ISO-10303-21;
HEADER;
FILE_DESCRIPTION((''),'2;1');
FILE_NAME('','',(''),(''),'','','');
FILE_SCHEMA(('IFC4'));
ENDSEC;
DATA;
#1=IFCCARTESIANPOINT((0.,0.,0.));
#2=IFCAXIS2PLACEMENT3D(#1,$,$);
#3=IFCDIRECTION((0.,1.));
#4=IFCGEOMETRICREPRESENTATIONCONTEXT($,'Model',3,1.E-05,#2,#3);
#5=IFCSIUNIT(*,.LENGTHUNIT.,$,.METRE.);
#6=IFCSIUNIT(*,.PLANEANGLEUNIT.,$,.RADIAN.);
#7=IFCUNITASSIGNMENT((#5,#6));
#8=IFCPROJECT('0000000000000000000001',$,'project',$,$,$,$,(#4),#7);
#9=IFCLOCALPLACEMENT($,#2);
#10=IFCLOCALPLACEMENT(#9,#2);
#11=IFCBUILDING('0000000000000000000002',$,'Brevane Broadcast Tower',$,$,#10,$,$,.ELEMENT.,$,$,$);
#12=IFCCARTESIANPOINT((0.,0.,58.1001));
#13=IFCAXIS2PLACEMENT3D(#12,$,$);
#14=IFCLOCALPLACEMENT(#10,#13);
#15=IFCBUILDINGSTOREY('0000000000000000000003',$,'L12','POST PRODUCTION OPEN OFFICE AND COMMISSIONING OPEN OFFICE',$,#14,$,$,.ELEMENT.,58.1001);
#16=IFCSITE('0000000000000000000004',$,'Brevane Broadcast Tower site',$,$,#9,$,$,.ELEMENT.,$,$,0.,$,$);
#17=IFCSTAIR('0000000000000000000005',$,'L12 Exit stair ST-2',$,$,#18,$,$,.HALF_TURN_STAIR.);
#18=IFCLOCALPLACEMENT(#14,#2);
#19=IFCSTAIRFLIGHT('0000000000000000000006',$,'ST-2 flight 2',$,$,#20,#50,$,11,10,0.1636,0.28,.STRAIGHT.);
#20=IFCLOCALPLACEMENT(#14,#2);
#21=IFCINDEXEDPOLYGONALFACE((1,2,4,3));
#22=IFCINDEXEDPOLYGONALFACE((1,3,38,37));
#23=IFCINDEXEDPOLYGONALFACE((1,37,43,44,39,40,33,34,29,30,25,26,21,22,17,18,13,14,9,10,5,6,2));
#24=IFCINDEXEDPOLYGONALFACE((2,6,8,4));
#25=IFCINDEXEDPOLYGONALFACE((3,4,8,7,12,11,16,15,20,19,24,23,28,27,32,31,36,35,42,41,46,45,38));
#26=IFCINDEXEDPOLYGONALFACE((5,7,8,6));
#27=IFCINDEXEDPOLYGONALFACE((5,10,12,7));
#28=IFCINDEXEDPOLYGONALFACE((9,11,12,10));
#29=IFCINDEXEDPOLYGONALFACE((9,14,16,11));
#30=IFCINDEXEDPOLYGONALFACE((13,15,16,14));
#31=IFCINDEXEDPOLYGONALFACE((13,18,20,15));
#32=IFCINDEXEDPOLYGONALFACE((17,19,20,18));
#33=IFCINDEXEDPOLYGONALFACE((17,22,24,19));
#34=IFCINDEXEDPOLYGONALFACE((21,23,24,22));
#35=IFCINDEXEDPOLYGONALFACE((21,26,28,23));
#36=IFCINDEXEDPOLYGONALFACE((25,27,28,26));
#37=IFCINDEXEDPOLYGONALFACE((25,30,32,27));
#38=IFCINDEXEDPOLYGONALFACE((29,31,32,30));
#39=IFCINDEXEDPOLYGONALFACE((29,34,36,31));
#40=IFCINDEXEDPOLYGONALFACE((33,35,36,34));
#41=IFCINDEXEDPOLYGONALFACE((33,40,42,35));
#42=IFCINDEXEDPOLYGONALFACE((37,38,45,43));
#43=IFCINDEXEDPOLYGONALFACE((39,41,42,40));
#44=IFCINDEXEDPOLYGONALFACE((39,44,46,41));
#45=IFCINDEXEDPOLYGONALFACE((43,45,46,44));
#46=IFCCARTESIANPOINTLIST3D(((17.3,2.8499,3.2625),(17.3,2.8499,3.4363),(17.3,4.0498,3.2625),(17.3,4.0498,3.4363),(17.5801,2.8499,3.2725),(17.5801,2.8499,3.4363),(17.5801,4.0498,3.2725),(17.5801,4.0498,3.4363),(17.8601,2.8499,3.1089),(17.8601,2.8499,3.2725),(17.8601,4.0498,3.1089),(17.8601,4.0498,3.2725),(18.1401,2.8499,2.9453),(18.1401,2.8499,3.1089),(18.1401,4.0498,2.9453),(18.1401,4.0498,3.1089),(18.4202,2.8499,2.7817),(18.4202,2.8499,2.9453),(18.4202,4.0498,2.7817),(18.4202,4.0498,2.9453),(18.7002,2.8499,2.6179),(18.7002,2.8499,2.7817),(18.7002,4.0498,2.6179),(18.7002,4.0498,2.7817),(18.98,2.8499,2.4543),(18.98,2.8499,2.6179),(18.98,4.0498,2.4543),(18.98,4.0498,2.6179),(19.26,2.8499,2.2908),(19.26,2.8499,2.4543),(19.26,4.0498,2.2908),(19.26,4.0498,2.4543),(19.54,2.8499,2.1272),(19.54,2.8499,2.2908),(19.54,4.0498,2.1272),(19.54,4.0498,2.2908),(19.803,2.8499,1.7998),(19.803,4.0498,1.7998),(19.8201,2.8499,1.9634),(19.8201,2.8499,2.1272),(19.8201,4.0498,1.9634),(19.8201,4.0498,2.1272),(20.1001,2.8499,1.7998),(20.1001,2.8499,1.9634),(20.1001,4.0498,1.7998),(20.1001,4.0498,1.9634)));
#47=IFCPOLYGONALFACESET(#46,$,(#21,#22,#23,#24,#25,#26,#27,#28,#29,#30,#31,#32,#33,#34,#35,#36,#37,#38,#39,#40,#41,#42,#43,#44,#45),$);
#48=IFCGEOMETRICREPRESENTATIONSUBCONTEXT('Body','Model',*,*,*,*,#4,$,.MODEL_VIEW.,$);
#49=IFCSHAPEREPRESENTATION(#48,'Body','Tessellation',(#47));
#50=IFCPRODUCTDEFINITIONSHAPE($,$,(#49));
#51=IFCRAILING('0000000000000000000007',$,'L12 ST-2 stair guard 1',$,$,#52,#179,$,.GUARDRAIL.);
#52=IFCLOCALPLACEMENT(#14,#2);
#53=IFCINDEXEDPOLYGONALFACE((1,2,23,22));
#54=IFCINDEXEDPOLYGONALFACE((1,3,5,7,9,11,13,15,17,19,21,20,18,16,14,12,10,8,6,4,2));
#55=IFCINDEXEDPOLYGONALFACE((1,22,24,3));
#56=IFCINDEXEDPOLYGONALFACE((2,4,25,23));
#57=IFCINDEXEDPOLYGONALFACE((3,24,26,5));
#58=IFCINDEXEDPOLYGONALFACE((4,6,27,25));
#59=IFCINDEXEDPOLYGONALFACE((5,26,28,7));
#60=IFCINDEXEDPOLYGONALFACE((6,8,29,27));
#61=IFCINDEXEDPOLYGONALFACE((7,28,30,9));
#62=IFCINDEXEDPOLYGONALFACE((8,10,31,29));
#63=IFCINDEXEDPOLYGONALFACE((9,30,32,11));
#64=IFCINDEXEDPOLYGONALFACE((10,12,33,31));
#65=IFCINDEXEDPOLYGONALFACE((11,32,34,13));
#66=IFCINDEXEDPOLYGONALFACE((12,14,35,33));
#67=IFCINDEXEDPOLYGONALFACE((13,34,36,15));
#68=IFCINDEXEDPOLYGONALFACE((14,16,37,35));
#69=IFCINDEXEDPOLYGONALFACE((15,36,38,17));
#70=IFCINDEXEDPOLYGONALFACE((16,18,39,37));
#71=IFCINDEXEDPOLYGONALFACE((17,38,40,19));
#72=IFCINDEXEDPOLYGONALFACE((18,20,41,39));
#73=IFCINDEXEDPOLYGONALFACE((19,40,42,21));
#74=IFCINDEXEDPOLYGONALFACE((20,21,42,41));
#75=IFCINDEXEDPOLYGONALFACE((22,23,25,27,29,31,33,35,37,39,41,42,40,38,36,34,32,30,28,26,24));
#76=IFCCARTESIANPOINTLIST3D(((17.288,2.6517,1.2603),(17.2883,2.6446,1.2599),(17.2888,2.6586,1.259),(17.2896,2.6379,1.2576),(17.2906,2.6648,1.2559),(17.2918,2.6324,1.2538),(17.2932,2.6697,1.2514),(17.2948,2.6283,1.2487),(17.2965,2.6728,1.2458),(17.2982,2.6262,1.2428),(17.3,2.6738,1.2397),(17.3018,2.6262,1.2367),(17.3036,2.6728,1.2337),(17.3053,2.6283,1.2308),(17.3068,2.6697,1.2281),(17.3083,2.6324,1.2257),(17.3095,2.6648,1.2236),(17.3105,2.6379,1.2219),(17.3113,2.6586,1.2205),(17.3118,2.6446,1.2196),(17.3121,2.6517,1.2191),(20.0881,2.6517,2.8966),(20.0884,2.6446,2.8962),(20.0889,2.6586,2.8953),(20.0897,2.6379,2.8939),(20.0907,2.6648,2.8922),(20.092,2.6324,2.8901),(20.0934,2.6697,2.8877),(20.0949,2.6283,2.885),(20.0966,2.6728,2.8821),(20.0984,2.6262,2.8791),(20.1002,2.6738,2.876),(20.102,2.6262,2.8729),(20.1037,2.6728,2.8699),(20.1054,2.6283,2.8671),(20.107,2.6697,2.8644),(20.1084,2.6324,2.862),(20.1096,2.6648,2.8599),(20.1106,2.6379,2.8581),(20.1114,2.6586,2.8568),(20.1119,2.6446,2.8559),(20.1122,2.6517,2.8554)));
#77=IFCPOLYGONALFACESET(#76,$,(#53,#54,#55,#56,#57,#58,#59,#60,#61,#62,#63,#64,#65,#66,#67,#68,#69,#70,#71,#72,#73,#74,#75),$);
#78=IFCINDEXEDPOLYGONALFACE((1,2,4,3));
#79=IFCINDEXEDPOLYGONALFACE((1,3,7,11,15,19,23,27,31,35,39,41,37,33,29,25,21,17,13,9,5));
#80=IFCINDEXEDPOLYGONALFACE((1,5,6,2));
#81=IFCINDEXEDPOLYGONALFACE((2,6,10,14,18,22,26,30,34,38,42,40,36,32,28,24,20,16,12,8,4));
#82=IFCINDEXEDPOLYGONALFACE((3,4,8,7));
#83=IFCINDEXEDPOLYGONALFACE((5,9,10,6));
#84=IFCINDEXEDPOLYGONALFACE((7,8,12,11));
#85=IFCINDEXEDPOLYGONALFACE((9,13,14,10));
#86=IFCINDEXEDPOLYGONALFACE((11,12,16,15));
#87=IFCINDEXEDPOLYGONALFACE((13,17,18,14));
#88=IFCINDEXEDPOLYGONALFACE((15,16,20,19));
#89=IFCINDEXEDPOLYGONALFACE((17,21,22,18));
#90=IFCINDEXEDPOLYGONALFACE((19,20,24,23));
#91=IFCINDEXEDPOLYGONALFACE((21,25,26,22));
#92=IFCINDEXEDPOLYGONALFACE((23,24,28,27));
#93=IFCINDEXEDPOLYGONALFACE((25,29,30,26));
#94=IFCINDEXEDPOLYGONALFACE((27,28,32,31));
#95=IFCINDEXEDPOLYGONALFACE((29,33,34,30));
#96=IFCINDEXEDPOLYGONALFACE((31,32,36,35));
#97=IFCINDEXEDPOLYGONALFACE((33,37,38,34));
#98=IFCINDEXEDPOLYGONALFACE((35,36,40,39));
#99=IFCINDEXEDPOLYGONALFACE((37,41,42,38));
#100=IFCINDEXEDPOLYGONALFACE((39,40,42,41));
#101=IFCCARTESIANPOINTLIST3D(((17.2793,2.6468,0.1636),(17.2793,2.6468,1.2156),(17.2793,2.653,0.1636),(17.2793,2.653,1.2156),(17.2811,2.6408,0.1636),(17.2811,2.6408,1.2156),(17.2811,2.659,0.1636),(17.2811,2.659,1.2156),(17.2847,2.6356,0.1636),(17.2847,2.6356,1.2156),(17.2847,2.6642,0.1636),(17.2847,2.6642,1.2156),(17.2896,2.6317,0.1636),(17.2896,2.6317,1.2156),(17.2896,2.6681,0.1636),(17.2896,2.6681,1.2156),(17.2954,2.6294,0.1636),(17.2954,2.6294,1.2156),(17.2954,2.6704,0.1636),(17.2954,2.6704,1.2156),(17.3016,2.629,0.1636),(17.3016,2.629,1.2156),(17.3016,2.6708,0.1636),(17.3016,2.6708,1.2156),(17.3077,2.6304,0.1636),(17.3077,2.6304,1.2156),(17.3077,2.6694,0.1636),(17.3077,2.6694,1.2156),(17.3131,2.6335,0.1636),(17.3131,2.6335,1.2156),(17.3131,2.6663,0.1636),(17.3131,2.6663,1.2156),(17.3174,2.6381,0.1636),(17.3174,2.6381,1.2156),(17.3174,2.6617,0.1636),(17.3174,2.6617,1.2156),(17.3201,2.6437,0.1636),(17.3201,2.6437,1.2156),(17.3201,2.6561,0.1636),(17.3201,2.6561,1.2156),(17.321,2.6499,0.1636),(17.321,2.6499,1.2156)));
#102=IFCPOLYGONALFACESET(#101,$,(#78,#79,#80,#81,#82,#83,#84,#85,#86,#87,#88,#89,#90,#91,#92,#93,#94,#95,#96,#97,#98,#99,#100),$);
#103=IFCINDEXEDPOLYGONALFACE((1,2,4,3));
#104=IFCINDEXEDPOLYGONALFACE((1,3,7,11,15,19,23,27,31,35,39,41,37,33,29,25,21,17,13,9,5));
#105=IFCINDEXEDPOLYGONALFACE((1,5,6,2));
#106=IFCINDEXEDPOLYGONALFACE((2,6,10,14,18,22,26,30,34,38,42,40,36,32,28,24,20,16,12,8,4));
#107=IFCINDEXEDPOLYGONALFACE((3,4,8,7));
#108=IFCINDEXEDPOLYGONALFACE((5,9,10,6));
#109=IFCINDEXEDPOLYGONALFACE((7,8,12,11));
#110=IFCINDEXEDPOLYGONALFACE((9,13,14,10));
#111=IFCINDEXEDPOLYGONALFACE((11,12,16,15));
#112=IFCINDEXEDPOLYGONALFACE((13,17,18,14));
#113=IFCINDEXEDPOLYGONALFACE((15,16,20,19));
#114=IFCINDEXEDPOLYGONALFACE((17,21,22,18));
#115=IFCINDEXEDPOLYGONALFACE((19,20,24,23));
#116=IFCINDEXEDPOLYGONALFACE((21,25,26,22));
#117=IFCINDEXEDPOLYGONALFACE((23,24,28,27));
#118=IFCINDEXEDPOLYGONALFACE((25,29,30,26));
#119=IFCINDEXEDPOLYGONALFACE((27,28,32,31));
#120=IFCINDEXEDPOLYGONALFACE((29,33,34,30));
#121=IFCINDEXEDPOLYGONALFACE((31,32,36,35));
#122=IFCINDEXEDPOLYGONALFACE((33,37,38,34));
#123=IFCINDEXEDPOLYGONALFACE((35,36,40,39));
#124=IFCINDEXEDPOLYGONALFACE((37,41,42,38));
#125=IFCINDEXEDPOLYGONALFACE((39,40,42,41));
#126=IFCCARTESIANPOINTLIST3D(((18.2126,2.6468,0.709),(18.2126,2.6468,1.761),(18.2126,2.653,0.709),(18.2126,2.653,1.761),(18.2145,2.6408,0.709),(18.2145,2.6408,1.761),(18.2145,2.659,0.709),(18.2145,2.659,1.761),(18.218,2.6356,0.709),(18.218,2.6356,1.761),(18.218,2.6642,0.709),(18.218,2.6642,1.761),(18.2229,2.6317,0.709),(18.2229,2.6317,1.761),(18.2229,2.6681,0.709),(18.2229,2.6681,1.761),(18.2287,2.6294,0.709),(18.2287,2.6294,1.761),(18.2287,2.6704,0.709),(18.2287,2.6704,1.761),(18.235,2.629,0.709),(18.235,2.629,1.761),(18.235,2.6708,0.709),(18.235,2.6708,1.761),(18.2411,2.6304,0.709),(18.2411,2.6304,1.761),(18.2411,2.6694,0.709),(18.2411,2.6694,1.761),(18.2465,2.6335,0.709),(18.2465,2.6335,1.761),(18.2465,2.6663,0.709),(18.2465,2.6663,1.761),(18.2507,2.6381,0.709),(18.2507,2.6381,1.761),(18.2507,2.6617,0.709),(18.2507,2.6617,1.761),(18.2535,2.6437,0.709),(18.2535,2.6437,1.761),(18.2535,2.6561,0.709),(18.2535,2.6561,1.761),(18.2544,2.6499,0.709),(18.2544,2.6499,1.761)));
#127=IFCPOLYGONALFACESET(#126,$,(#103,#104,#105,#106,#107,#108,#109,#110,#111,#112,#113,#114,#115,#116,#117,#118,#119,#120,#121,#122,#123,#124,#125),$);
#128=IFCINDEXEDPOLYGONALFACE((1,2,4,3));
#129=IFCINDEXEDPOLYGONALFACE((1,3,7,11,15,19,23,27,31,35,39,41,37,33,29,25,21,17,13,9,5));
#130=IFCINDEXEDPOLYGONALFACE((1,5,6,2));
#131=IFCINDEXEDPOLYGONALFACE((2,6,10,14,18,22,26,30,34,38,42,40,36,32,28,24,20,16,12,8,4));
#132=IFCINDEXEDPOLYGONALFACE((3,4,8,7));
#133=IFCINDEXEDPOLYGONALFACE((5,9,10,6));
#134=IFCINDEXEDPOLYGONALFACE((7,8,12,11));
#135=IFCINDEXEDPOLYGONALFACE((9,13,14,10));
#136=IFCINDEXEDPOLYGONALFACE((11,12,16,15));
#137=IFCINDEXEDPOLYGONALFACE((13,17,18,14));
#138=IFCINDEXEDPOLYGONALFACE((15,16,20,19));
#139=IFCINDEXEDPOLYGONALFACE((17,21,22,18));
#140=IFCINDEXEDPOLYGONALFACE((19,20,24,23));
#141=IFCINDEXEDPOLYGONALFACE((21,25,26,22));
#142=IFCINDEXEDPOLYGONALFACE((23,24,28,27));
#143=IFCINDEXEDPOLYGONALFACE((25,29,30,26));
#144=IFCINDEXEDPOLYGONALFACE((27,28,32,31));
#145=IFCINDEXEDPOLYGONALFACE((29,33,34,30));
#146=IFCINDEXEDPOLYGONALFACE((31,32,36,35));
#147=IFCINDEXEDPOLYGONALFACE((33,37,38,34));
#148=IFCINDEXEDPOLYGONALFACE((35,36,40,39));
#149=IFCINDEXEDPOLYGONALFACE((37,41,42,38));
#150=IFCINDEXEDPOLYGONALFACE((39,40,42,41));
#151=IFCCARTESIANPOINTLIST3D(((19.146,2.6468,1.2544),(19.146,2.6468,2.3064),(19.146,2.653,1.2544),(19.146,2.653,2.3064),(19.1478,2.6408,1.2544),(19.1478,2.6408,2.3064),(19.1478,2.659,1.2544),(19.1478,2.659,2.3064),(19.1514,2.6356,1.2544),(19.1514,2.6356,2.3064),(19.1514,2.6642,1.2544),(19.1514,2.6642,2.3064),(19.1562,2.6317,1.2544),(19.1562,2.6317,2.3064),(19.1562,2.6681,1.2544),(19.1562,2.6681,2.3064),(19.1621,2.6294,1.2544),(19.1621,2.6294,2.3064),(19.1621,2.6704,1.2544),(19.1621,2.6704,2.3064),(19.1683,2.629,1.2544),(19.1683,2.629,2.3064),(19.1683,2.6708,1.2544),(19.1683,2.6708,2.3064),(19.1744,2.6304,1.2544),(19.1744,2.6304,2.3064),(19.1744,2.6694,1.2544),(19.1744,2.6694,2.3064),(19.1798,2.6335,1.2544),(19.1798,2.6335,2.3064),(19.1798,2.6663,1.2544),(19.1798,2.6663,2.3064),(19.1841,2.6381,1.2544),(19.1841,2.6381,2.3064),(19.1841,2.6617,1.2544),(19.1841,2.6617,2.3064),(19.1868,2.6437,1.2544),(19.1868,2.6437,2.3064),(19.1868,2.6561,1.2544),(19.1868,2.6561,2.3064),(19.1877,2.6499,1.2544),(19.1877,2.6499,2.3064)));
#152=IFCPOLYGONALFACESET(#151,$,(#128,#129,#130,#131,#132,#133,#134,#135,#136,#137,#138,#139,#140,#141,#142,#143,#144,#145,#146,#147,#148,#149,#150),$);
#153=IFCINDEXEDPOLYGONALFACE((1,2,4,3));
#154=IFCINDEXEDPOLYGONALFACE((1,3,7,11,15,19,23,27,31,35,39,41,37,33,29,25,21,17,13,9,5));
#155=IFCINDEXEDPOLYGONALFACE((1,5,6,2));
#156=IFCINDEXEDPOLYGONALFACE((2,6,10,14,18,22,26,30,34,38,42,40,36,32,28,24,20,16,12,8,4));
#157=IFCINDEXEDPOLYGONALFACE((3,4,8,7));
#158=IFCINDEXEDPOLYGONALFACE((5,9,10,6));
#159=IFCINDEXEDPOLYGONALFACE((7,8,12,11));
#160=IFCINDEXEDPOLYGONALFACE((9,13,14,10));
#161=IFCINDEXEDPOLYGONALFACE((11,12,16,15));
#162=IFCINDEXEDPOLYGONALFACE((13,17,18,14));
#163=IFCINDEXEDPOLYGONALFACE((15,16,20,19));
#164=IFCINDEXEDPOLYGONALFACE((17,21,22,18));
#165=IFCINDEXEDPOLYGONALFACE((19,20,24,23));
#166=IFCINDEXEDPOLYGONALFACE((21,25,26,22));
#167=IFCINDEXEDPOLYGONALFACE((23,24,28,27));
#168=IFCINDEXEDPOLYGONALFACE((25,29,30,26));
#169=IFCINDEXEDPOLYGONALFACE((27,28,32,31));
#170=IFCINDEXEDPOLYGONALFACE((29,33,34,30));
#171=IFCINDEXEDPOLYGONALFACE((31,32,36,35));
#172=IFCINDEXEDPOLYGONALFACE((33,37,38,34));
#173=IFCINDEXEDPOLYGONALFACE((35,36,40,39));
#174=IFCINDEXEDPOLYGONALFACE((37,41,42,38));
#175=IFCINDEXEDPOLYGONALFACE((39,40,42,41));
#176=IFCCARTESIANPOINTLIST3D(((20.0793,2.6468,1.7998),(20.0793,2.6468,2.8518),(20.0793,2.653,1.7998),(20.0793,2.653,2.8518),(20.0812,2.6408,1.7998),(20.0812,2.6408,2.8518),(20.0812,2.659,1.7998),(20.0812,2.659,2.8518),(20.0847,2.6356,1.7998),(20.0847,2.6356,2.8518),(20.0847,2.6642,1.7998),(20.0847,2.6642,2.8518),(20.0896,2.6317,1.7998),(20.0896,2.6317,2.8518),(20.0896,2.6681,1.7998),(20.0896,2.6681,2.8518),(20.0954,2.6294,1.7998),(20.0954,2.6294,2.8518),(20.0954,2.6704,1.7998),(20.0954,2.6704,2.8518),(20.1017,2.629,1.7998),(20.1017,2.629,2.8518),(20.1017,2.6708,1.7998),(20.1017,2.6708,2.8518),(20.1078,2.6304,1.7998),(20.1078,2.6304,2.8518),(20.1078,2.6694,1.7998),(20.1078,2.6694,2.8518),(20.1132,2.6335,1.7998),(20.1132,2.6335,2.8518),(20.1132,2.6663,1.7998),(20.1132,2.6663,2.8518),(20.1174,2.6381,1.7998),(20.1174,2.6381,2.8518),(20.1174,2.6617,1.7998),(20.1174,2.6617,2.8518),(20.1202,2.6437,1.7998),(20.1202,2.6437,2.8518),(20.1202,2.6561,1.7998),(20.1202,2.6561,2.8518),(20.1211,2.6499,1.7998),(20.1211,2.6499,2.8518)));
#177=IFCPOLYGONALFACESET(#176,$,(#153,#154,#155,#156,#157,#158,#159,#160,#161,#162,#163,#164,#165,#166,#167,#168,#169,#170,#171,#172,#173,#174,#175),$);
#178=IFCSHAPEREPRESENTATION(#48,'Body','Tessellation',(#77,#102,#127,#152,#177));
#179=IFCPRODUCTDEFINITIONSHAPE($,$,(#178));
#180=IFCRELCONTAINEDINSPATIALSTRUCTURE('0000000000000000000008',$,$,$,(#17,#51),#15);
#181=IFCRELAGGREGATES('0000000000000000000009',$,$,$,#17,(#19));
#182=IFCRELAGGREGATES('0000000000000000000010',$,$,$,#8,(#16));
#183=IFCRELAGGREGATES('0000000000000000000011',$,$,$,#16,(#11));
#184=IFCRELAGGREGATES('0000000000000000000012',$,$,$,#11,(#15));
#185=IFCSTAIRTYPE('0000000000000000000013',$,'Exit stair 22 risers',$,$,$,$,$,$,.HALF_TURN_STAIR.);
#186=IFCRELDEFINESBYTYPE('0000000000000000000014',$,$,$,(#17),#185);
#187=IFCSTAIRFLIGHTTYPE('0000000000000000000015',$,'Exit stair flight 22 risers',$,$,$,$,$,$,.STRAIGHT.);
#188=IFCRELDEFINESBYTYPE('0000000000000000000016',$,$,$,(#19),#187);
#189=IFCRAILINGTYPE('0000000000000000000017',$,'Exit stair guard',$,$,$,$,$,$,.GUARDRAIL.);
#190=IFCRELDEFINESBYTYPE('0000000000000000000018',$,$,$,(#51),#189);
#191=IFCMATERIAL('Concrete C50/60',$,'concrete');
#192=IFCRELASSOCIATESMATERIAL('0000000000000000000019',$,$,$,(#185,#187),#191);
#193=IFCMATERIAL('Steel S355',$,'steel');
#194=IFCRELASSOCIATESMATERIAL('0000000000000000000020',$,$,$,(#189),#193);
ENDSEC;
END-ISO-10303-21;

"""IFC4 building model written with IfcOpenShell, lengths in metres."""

from ifc_helpers import new_model, si_unit, direction, frame, origin, origin_2d, place, context, subcontext, project, spatial, polyline, circle, outline, extrude, material, type_object, element, aggregate, save


model = new_model("IFC4")

# Units and contexts
model_context = context("Model", 3, precision=1e-05, world=origin(), true_north=direction((0.0, 1.0)))
body_context = subcontext(model_context, "Body", "Model", "MODEL_VIEW")
ifc_project = project(units=[si_unit("LENGTHUNIT", "METRE"), si_unit("PLANEANGLEUNIT", "RADIAN")], contexts=[model_context])

# Site, building, storey
site_placement = place(None, origin())
site = spatial("IfcSite", under=ifc_project, at=site_placement, Name="Brevane Broadcast Tower site", CompositionType="ELEMENT", RefElevation=0.0)
building_placement = place(site_placement, origin())
building = spatial("IfcBuilding", under=site, at=building_placement, Name="Brevane Broadcast Tower", CompositionType="ELEMENT")
storey_placement = place(building_placement, frame((0.0, 0.0, 58.1001)))
storey = spatial("IfcBuildingStorey", under=building, at=storey_placement, Name="L12", Description="POST PRODUCTION OPEN OFFICE AND COMMISSIONING OPEN OFFICE", CompositionType="ELEMENT", Elevation=58.1001)

# Stair, stair flight
ifc_material_1 = material(Name="Concrete C50/60", Category="concrete")
stair_type = type_object("IfcStairType", Name="Exit stair 22 risers", PredefinedType="HALF_TURN_STAIR", material=ifc_material_1)
stair_placement = place(storey_placement, origin())
stair = element("IfcStair", 1, at=stair_placement, inside=storey, type_object=stair_type, Name="L12 Exit stair ST-2", PredefinedType="HALF_TURN_STAIR")
stair_flight_type = type_object("IfcStairFlightType", Name="Exit stair flight 22 risers", PredefinedType="STRAIGHT", material=ifc_material_1)
stair_flight_1_placement = place(storey_placement, frame((20.1001, 3.45, 1.7998), z_axis=(0.0, 0.0, 1.0), x_axis=(-1.0, 0.0, 0.0)))
stair_flight_1 = element("IfcStairFlight", 2, at=stair_flight_1_placement, type_object=stair_flight_type, Name="ST-2 flight 2", NumberOfRisers=11, NumberOfTreads=10, PredefinedType="STRAIGHT", RiserHeight=0.1636, TreadLength=0.28, context=body_context, shape_type="SweptSolid", body=[
    extrude(outline(polyline([(0.0, 0.0), (0.0, 0.1636), (0.28, 0.1636), (0.28, 0.3274), (0.5601, 0.3274), (0.5601, 0.491), (0.8401, 0.491), (0.8401, 0.6545), (1.1201, 0.6545), (1.1201, 0.8181), (1.3999, 0.8181), (1.3999, 0.9819), (1.6799, 0.9819), (1.6799, 1.1455), (1.96, 1.1455), (1.96, 1.3091), (2.24, 1.3091), (2.24, 1.4727), (2.52, 1.4727), (2.52, 1.6365), (2.8, 1.6365), (2.8, 1.8), (2.8, 1.4626), (0.2971, 0.0), (0.0, 0.0)])), frame((0.0, 0.6001, 0.0), z_axis=(0.0, -1.0, 0.0), x_axis=(1.0, 0.0, 0.0)), (0.0, 0.0, 1.0), 1.2),
])
aggregate(stair, [stair_flight_1])

# Railing
ifc_material_2 = material(Name="Steel S355", Category="steel")
railing_type_1 = type_object("IfcRailingType", Name="Exit stair guard", PredefinedType="GUARDRAIL", material=ifc_material_2)
railing_1_placement = place(storey_placement, frame((17.3, 2.6499, 0.1636)))
element("IfcRailing", 3, at=railing_1_placement, inside=storey, type_object=railing_type_1, Name="L12 ST-2 stair guard 1", PredefinedType="GUARDRAIL", context=body_context, shape_type="SweptSolid", body=[
    extrude(circle(Radius=0.0239, at=origin_2d()), frame((0.0, 0.0, 1.0762), z_axis=(0.863394, 0.0, 0.504531), x_axis=(0.0, 1.0, 0.0)), (0.0, 0.0, 1.0), 3.2432),
    extrude(circle(Radius=0.021, at=origin_2d()), origin(), (0.0, 0.0, 1.0), 1.052),
    extrude(circle(Radius=0.021, at=origin_2d()), frame((0.9333, 0.0, 0.5454)), (0.0, 0.0, 1.0), 1.052),
    extrude(circle(Radius=0.021, at=origin_2d()), frame((1.8667, 0.0, 1.0908)), (0.0, 0.0, 1.0), 1.052),
    extrude(circle(Radius=0.021, at=origin_2d()), frame((2.8, 0.0, 1.6362)), (0.0, 0.0, 1.0), 1.052),
])

save(model, "model.ifc")
